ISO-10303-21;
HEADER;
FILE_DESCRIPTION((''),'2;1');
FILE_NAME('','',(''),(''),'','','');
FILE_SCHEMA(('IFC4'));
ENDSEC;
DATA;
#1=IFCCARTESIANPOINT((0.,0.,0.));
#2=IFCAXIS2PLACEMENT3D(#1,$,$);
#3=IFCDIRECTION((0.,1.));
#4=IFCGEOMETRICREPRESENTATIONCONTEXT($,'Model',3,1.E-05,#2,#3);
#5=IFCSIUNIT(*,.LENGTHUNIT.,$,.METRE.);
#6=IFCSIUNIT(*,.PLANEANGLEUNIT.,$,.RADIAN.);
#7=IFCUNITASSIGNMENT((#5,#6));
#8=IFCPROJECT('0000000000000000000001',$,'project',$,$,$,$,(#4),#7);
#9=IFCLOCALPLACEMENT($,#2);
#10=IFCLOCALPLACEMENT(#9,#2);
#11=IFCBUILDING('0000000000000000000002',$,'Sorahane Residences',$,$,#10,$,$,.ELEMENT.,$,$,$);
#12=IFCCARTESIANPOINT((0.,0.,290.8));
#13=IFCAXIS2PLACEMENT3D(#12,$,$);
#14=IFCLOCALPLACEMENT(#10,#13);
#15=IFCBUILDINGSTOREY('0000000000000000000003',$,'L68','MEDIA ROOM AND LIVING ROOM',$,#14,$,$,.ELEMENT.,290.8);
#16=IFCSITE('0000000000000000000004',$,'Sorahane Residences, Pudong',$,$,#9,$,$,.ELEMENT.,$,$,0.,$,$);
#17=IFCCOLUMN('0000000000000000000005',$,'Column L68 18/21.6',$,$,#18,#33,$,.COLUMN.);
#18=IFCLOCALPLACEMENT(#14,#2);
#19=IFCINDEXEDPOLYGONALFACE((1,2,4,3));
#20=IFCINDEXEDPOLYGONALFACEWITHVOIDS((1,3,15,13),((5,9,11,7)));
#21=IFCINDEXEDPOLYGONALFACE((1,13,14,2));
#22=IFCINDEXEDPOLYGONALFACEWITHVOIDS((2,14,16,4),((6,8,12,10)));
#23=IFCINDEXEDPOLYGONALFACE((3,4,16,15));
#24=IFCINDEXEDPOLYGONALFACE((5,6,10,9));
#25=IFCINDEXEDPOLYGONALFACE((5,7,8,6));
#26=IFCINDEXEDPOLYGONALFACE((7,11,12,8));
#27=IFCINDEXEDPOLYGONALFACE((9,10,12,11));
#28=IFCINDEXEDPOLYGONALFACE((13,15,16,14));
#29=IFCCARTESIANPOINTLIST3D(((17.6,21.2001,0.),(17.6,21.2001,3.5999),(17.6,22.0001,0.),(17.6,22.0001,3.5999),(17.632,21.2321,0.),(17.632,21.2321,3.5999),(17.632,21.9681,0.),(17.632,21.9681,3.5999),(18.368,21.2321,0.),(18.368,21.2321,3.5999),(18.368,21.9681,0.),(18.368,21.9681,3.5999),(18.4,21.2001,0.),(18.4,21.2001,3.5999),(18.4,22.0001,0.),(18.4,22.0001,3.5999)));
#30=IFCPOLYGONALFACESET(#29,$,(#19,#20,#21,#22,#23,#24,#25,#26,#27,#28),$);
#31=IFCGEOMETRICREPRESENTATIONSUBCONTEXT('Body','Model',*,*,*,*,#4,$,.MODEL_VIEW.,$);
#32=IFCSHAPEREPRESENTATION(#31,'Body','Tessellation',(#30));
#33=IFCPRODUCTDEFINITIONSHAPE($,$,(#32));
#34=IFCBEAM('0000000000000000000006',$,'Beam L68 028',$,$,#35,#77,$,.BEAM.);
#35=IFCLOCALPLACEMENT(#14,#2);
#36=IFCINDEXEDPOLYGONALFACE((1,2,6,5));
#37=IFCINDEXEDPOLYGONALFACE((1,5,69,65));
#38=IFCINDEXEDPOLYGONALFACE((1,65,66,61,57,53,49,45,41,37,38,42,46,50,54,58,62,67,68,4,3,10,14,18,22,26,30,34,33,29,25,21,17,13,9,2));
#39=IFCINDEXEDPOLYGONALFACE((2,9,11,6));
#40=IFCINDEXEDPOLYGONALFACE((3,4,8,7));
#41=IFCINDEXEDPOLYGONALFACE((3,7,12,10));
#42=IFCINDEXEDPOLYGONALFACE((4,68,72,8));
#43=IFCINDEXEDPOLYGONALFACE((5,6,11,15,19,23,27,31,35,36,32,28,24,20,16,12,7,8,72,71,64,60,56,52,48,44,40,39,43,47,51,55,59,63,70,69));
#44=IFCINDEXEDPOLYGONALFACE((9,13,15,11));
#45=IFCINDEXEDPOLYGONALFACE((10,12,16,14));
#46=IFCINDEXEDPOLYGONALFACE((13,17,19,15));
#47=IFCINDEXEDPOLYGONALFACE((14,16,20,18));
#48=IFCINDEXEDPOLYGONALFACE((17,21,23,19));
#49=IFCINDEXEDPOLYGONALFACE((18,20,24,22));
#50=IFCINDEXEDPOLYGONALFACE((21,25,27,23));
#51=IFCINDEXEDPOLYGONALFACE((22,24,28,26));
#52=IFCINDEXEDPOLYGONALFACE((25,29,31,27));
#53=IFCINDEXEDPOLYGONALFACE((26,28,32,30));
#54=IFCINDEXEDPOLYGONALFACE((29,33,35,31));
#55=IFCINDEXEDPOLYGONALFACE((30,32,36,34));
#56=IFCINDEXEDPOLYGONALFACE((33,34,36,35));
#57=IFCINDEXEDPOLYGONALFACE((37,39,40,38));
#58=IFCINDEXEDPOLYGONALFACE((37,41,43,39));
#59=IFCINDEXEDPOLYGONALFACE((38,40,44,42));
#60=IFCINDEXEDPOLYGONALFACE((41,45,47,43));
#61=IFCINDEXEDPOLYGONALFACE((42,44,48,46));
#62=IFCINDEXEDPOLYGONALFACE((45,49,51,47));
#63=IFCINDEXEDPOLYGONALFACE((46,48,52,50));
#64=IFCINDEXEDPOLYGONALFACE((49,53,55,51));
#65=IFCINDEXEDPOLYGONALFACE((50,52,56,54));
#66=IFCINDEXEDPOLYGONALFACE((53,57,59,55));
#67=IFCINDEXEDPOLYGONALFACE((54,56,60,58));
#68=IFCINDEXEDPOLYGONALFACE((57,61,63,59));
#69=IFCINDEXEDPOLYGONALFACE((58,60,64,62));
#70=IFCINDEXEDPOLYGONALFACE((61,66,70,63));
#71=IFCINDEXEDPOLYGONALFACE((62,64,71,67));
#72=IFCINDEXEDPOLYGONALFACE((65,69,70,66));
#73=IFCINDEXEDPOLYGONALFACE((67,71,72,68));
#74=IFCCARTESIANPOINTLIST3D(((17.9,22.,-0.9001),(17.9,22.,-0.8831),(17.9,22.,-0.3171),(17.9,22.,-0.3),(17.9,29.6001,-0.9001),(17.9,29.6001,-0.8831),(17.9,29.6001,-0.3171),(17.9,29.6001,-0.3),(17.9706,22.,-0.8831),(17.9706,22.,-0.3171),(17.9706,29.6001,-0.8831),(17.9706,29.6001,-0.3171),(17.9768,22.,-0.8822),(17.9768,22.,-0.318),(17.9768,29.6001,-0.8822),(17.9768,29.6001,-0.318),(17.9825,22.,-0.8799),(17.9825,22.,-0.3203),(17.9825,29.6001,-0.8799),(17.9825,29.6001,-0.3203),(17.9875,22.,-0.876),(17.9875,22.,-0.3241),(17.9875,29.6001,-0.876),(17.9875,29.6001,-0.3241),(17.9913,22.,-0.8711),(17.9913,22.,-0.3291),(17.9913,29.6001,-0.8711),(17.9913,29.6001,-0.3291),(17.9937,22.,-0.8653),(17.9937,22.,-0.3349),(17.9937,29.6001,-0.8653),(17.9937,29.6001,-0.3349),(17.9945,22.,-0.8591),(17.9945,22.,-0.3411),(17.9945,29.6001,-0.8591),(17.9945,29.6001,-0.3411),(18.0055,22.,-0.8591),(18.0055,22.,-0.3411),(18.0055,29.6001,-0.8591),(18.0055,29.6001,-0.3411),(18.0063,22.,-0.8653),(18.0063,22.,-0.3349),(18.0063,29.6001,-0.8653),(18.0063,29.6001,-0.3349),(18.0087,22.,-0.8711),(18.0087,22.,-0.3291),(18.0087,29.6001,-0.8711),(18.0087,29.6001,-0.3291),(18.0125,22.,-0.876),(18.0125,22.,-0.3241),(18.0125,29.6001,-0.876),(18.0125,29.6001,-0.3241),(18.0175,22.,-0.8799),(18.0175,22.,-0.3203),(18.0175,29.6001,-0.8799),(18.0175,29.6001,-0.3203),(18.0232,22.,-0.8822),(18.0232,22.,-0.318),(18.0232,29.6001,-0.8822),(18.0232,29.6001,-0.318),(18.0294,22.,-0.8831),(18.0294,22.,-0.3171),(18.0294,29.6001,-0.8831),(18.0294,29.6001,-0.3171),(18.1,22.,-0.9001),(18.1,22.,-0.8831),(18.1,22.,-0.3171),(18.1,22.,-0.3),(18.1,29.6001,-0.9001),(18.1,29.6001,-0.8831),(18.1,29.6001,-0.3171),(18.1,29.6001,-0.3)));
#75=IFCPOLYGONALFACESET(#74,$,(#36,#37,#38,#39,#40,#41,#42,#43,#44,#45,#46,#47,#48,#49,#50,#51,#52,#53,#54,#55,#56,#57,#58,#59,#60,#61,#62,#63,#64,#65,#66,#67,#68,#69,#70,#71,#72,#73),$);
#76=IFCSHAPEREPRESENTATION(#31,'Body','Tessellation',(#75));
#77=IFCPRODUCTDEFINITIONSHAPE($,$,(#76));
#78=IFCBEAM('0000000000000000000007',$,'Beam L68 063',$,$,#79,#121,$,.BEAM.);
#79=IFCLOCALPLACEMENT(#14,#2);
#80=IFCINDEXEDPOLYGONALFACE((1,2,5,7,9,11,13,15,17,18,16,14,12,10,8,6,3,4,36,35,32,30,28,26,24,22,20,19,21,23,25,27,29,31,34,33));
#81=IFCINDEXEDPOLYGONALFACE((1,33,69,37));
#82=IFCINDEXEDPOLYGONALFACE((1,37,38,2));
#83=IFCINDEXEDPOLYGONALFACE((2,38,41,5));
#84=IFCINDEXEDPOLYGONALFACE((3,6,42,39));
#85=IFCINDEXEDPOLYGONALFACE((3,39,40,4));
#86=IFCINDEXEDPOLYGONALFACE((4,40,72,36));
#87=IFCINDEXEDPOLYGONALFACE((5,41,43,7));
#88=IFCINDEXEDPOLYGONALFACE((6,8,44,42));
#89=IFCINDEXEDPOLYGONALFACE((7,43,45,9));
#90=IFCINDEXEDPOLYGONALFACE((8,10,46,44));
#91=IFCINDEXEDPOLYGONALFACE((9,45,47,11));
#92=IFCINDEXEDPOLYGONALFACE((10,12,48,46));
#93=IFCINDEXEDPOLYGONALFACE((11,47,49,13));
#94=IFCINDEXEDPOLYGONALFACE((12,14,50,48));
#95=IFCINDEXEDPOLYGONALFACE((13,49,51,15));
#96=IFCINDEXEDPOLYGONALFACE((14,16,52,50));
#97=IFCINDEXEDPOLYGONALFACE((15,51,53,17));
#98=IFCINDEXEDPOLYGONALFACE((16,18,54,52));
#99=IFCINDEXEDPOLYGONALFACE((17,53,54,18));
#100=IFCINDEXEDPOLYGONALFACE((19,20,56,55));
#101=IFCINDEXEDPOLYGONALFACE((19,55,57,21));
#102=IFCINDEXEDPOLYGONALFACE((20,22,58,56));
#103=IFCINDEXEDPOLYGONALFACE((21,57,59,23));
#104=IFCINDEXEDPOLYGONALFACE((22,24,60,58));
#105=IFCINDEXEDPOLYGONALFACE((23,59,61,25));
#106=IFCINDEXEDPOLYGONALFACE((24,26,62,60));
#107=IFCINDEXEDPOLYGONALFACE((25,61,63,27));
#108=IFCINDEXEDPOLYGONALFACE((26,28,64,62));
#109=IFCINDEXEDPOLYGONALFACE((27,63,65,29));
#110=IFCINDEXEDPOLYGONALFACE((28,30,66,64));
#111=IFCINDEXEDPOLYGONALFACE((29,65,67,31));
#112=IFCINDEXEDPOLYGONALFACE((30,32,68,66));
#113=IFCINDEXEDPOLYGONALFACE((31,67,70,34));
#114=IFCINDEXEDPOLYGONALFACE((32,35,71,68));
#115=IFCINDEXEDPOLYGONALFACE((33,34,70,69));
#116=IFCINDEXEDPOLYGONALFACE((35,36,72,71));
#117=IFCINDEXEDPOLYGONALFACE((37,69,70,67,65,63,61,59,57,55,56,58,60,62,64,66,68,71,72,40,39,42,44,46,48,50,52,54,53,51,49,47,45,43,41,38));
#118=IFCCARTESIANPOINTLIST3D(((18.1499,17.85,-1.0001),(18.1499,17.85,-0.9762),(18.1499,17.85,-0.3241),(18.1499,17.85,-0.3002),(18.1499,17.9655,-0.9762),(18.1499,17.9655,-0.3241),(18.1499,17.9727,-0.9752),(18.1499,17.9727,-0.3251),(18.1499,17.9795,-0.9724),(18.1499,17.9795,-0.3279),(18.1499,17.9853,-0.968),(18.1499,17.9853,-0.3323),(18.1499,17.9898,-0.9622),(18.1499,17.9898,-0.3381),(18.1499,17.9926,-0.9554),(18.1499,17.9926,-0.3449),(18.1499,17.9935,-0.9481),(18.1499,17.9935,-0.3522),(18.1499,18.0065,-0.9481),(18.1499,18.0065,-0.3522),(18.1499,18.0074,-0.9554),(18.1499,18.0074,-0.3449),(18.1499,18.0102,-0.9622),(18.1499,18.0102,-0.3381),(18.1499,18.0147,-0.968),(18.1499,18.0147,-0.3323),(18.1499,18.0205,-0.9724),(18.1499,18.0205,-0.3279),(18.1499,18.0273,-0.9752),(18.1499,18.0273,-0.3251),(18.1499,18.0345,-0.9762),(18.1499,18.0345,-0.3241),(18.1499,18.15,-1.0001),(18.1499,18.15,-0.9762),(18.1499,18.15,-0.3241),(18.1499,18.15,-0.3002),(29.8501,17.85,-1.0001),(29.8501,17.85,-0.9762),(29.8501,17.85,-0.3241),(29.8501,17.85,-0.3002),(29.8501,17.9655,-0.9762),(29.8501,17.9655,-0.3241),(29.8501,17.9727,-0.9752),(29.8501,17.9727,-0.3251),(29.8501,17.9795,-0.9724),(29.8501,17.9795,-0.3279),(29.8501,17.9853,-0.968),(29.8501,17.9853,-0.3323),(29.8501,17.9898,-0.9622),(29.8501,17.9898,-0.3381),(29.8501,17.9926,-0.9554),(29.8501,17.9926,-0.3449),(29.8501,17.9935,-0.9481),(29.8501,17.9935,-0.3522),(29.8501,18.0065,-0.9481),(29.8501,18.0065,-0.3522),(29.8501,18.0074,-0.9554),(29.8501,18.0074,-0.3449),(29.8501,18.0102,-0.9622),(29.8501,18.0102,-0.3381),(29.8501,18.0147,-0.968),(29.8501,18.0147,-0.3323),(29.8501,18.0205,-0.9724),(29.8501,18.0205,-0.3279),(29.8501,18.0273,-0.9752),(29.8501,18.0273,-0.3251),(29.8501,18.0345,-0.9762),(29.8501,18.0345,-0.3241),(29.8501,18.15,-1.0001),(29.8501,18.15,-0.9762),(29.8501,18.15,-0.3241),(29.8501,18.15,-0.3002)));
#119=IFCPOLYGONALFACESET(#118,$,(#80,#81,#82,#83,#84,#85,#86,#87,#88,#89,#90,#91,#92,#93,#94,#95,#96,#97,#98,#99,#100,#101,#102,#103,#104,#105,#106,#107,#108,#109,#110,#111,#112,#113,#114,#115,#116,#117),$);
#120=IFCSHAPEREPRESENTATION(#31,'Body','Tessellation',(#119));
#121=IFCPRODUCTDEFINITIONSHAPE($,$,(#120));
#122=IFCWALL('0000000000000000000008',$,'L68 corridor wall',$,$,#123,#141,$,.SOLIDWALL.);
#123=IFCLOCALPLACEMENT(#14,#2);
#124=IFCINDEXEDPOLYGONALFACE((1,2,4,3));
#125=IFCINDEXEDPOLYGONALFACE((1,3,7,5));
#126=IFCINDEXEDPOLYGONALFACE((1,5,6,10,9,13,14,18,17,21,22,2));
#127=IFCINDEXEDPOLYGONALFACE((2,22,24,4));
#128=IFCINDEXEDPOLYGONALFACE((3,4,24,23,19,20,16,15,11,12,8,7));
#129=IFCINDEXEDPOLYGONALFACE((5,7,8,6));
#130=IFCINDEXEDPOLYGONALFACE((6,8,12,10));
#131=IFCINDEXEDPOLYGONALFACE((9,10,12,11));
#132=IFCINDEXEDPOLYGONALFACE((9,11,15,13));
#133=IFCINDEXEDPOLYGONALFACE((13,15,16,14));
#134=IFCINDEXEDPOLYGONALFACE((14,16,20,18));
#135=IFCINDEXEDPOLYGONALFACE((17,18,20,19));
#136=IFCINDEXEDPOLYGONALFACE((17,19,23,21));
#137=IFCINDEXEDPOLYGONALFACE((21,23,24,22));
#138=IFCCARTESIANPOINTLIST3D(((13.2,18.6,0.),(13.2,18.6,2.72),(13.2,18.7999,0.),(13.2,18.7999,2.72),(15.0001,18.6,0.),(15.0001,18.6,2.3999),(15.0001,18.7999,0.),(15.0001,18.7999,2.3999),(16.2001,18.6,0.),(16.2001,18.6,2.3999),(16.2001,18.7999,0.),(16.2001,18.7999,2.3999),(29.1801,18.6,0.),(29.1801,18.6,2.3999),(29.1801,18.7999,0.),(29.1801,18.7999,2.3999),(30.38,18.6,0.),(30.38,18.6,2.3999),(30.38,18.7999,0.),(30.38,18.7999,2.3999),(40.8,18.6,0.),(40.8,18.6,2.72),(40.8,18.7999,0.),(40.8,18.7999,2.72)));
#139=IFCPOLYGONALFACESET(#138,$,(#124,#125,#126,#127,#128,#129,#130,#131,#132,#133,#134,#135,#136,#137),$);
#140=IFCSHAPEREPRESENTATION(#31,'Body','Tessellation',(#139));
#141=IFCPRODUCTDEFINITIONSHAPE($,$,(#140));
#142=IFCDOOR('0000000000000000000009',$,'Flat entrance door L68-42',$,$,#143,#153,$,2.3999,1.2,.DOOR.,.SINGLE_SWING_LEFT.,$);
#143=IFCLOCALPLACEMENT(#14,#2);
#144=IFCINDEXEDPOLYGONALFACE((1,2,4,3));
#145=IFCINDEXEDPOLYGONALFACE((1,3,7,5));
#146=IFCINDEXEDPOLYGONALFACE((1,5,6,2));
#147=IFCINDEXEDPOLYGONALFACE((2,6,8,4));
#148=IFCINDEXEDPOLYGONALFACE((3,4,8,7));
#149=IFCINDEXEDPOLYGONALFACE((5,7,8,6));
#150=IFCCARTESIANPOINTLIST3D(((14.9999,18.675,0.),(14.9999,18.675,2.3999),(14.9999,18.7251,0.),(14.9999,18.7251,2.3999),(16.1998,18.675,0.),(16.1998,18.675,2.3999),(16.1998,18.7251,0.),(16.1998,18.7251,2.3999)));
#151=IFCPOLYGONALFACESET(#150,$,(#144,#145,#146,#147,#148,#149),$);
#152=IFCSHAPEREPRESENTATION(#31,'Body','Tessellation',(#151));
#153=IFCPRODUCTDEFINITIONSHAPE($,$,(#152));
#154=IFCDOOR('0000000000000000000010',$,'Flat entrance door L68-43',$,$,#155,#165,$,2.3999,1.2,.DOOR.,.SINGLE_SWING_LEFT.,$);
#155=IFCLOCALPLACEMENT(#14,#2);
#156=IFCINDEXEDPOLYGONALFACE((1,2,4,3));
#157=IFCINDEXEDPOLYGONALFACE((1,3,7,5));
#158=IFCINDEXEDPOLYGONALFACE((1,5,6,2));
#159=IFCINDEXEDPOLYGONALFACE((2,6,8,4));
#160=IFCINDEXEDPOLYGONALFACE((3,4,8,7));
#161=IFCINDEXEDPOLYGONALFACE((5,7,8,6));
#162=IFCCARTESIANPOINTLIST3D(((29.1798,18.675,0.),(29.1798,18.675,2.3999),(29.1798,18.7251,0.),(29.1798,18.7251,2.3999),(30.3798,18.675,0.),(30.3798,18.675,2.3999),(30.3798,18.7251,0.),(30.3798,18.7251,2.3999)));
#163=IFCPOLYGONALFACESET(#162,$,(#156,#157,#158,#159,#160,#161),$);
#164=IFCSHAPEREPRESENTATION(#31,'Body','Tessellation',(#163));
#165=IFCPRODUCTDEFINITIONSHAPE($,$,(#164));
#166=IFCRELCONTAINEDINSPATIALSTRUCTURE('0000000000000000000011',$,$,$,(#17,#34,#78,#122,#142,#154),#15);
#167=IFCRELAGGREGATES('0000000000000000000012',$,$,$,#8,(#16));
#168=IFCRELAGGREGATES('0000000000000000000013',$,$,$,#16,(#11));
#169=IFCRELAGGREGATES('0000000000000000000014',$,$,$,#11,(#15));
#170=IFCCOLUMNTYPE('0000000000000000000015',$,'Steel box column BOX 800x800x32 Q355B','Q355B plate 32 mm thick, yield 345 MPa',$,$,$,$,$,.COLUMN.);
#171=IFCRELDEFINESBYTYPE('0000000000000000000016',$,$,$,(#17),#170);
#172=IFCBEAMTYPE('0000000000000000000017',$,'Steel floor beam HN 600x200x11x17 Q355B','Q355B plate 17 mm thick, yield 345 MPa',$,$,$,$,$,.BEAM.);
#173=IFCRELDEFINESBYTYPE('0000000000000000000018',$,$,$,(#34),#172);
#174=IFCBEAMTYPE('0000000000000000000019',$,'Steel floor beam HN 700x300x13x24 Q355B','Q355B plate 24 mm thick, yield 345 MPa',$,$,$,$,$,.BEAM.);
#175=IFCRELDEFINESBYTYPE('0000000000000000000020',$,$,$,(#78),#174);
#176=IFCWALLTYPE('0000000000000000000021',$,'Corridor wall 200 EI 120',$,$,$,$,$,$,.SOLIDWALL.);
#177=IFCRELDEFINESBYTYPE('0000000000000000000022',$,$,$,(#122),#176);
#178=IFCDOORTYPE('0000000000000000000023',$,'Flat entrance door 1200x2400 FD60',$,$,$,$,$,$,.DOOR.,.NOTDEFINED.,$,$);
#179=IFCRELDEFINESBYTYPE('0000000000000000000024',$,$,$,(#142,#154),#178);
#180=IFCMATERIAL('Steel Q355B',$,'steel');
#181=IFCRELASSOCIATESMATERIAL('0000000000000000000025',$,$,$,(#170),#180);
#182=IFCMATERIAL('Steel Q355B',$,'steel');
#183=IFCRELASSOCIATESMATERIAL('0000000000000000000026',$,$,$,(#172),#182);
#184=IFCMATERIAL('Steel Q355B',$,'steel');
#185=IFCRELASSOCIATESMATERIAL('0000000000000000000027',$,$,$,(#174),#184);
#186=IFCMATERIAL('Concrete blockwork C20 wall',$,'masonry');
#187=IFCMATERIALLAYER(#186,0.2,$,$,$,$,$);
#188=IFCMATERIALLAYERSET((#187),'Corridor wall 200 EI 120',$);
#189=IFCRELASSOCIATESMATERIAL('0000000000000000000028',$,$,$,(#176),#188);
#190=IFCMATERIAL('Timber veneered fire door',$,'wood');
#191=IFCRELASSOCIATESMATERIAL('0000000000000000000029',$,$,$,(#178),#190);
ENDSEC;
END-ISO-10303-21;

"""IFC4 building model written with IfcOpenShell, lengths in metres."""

from ifc_helpers import new_model, si_unit, direction, frame, frame_2d, origin, origin_2d, place, context, subcontext, project, spatial, rectangle, hollow_rectangle, i_section, extrude, material, layer, layer_set, material_profile, profile_set, type_object, element, fill, save


model = new_model("IFC4")

# Units and contexts
model_context = context("Model", 3, precision=1e-05, world=origin(), true_north=direction((0.0, 1.0)))
body_context = subcontext(model_context, "Body", "Model", "MODEL_VIEW")
ifc_project = project(units=[si_unit("LENGTHUNIT", "METRE"), si_unit("PLANEANGLEUNIT", "RADIAN")], contexts=[model_context])

# Site, building, storey
site_placement = place(None, origin())
site = spatial("IfcSite", under=ifc_project, at=site_placement, Name="Sorahane Residences, Pudong", CompositionType="ELEMENT", RefElevation=0.0)
building_placement = place(site_placement, origin())
building = spatial("IfcBuilding", under=site, at=building_placement, Name="Sorahane Residences", CompositionType="ELEMENT")
storey_placement = place(building_placement, frame((0.0, 0.0, 290.8)))
storey = spatial("IfcBuildingStorey", under=building, at=storey_placement, Name="L68", Description="MEDIA ROOM AND LIVING ROOM", CompositionType="ELEMENT", Elevation=290.8)

# Column
ifc_material_1 = material(Name="Steel Q355B", Category="steel")
ifc_material_profile_1 = material_profile(ifc_material_1, hollow_rectangle(XDim=0.8, YDim=0.8, WallThickness=0.032, at=origin_2d()), Name="BOX 800x800x32")
ifc_profile_set_1 = profile_set([ifc_material_profile_1], Name="Steel Q355B")
column_type = type_object("IfcColumnType", Name="Steel box column BOX 800x800x32 Q355B", Description="Q355B plate 32 mm thick, yield 345 MPa", PredefinedType="COLUMN", material=ifc_profile_set_1)
column_placement = place(storey_placement, frame((18.0, 21.6001, 0.0), z_axis=(0.0, 0.0, 1.0), x_axis=(1.0, 0.0, 0.0)))
element("IfcColumn", 1, at=column_placement, inside=storey, type_object=column_type, Name="Column L68 18/21.6", PredefinedType="COLUMN", context=body_context, shape_type="SweptSolid", body=[
    extrude(hollow_rectangle(XDim=0.8, YDim=0.8, WallThickness=0.032, at=origin_2d()), origin(), (0.0, 0.0, 1.0), 3.5999),
])

# Beams
ifc_material_2 = material(Name="Steel Q355B", Category="steel")
ifc_material_profile_2 = material_profile(ifc_material_2, i_section(OverallWidth=0.2, OverallDepth=0.6001, WebThickness=0.011, FlangeThickness=0.0171, FilletRadius=0.0239, at=origin_2d()), Name="HN 600x200x11x17")
ifc_profile_set_2 = profile_set([ifc_material_profile_2], Name="Steel Q355B")
beam_type_1 = type_object("IfcBeamType", Name="Steel floor beam HN 600x200x11x17 Q355B", Description="Q355B plate 17 mm thick, yield 345 MPa", PredefinedType="BEAM", material=ifc_profile_set_2)
beam_1_placement = place(storey_placement, frame((18.0, 22.0, -0.6001), z_axis=(0.0, 1.0, 0.0), x_axis=(-1.0, 0.0, 0.0)))
element("IfcBeam", 2, at=beam_1_placement, inside=storey, type_object=beam_type_1, Name="Beam L68 028", PredefinedType="BEAM", context=body_context, shape_type="SweptSolid", body=[
    extrude(i_section(OverallWidth=0.2, OverallDepth=0.6001, WebThickness=0.011, FlangeThickness=0.0171, FilletRadius=0.0239, at=origin_2d()), origin(), (0.0, 0.0, 1.0), 7.6001),
])
ifc_material_3 = material(Name="Steel Q355B", Category="steel")
ifc_material_profile_3 = material_profile(ifc_material_3, i_section(OverallWidth=0.3, OverallDepth=0.7, WebThickness=0.0129, FlangeThickness=0.0239, FilletRadius=0.0281, at=origin_2d()), Name="HN 700x300x13x24")
ifc_profile_set_3 = profile_set([ifc_material_profile_3], Name="Steel Q355B")
beam_type_2 = type_object("IfcBeamType", Name="Steel floor beam HN 700x300x13x24 Q355B", Description="Q355B plate 24 mm thick, yield 345 MPa", PredefinedType="BEAM", material=ifc_profile_set_3)
beam_2_placement = place(storey_placement, frame((18.1499, 18.0, -0.6501), z_axis=(1.0, 0.0, 0.0), x_axis=(0.0, 1.0, 0.0)))
element("IfcBeam", 3, at=beam_2_placement, inside=storey, type_object=beam_type_2, Name="Beam L68 063", PredefinedType="BEAM", context=body_context, shape_type="SweptSolid", body=[
    extrude(i_section(OverallWidth=0.3, OverallDepth=0.7, WebThickness=0.0129, FlangeThickness=0.0239, FilletRadius=0.0281, at=origin_2d()), origin(), (0.0, 0.0, 1.0), 11.7002),
])

# Wall, openings, doors
ifc_material_4 = material(Name="Concrete blockwork C20 wall", Category="masonry")
ifc_layer_1 = layer(ifc_material_4, 0.2)
ifc_layer_set_1 = layer_set([ifc_layer_1], Name="Corridor wall 200 EI 120")
wall_type_1 = type_object("IfcWallType", Name="Corridor wall 200 EI 120", PredefinedType="SOLIDWALL", material=ifc_layer_set_1)
wall_1_placement = place(storey_placement, frame((13.2, 18.7, 0.0), z_axis=(0.0, 0.0, 1.0), x_axis=(1.0, 0.0, 0.0)))
wall_1 = element("IfcWall", 4, at=wall_1_placement, inside=storey, type_object=wall_type_1, Name="L68 corridor wall", PredefinedType="SOLIDWALL", context=body_context, shape_type="SweptSolid", body=[
    extrude(rectangle(XDim=27.6001, YDim=0.2, at=frame_2d((13.8, 0.0))), origin(), (0.0, 0.0, 1.0), 2.72),
])
opening_1_placement = place(wall_1_placement, frame((1.8, 0.0, 0.0)))
opening_1 = element("IfcOpeningElement", 5, at=opening_1_placement, cuts=wall_1, PredefinedType="OPENING", context=body_context, shape_type="SweptSolid", body=[
    extrude(rectangle(XDim=1.2, YDim=2.3999, at=frame_2d((0.6001, 1.2))), frame((0.0, 0.1099, 0.0), z_axis=(0.0, -1.0, 0.0), x_axis=(1.0, 0.0, 0.0)), (0.0, 0.0, 1.0), 0.22),
])
opening_2_placement = place(wall_1_placement, frame((15.98, 0.0, 0.0)))
opening_2 = element("IfcOpeningElement", 6, at=opening_2_placement, cuts=wall_1, PredefinedType="OPENING", context=body_context, shape_type="SweptSolid", body=[
    extrude(rectangle(XDim=1.2, YDim=2.3999, at=frame_2d((0.6001, 1.2))), frame((0.0, 0.1099, 0.0), z_axis=(0.0, -1.0, 0.0), x_axis=(1.0, 0.0, 0.0)), (0.0, 0.0, 1.0), 0.22),
])
ifc_material_5 = material(Name="Timber veneered fire door", Category="wood")
door_type_1 = type_object("IfcDoorType", Name="Flat entrance door 1200x2400 FD60", OperationType="NOTDEFINED", PredefinedType="DOOR", material=ifc_material_5)
door_1_placement = place(opening_1_placement, frame((1.2, 0.0, 0.0), z_axis=(0.0, 0.0, 1.0), x_axis=(-1.0, 0.0, 0.0)))
door_1 = element("IfcDoor", 7, at=door_1_placement, inside=storey, type_object=door_type_1, Name="Flat entrance door L68-42", OperationType="SINGLE_SWING_LEFT", OverallHeight=2.3999, OverallWidth=1.2, PredefinedType="DOOR", context=body_context, shape_type="SweptSolid", body=[
    extrude(rectangle(XDim=1.2, YDim=2.3999, at=frame_2d((0.6001, 1.2))), frame((0.0, 0.0249, 0.0), z_axis=(0.0, -1.0, 0.0), x_axis=(1.0, 0.0, 0.0)), (0.0, 0.0, 1.0), 0.05),
])
fill(opening_1, door_1)
door_2_placement = place(opening_2_placement, frame((1.2, 0.0, 0.0), z_axis=(0.0, 0.0, 1.0), x_axis=(-1.0, 0.0, 0.0)))
door_2 = element("IfcDoor", 8, at=door_2_placement, inside=storey, type_object=door_type_1, Name="Flat entrance door L68-43", OperationType="SINGLE_SWING_LEFT", OverallHeight=2.3999, OverallWidth=1.2, PredefinedType="DOOR", context=body_context, shape_type="SweptSolid", body=[
    extrude(rectangle(XDim=1.2, YDim=2.3999, at=frame_2d((0.6001, 1.2))), frame((0.0, 0.0249, 0.0), z_axis=(0.0, -1.0, 0.0), x_axis=(1.0, 0.0, 0.0)), (0.0, 0.0, 1.0), 0.05),
])
fill(opening_2, door_2)

save(model, "model.ifc")
